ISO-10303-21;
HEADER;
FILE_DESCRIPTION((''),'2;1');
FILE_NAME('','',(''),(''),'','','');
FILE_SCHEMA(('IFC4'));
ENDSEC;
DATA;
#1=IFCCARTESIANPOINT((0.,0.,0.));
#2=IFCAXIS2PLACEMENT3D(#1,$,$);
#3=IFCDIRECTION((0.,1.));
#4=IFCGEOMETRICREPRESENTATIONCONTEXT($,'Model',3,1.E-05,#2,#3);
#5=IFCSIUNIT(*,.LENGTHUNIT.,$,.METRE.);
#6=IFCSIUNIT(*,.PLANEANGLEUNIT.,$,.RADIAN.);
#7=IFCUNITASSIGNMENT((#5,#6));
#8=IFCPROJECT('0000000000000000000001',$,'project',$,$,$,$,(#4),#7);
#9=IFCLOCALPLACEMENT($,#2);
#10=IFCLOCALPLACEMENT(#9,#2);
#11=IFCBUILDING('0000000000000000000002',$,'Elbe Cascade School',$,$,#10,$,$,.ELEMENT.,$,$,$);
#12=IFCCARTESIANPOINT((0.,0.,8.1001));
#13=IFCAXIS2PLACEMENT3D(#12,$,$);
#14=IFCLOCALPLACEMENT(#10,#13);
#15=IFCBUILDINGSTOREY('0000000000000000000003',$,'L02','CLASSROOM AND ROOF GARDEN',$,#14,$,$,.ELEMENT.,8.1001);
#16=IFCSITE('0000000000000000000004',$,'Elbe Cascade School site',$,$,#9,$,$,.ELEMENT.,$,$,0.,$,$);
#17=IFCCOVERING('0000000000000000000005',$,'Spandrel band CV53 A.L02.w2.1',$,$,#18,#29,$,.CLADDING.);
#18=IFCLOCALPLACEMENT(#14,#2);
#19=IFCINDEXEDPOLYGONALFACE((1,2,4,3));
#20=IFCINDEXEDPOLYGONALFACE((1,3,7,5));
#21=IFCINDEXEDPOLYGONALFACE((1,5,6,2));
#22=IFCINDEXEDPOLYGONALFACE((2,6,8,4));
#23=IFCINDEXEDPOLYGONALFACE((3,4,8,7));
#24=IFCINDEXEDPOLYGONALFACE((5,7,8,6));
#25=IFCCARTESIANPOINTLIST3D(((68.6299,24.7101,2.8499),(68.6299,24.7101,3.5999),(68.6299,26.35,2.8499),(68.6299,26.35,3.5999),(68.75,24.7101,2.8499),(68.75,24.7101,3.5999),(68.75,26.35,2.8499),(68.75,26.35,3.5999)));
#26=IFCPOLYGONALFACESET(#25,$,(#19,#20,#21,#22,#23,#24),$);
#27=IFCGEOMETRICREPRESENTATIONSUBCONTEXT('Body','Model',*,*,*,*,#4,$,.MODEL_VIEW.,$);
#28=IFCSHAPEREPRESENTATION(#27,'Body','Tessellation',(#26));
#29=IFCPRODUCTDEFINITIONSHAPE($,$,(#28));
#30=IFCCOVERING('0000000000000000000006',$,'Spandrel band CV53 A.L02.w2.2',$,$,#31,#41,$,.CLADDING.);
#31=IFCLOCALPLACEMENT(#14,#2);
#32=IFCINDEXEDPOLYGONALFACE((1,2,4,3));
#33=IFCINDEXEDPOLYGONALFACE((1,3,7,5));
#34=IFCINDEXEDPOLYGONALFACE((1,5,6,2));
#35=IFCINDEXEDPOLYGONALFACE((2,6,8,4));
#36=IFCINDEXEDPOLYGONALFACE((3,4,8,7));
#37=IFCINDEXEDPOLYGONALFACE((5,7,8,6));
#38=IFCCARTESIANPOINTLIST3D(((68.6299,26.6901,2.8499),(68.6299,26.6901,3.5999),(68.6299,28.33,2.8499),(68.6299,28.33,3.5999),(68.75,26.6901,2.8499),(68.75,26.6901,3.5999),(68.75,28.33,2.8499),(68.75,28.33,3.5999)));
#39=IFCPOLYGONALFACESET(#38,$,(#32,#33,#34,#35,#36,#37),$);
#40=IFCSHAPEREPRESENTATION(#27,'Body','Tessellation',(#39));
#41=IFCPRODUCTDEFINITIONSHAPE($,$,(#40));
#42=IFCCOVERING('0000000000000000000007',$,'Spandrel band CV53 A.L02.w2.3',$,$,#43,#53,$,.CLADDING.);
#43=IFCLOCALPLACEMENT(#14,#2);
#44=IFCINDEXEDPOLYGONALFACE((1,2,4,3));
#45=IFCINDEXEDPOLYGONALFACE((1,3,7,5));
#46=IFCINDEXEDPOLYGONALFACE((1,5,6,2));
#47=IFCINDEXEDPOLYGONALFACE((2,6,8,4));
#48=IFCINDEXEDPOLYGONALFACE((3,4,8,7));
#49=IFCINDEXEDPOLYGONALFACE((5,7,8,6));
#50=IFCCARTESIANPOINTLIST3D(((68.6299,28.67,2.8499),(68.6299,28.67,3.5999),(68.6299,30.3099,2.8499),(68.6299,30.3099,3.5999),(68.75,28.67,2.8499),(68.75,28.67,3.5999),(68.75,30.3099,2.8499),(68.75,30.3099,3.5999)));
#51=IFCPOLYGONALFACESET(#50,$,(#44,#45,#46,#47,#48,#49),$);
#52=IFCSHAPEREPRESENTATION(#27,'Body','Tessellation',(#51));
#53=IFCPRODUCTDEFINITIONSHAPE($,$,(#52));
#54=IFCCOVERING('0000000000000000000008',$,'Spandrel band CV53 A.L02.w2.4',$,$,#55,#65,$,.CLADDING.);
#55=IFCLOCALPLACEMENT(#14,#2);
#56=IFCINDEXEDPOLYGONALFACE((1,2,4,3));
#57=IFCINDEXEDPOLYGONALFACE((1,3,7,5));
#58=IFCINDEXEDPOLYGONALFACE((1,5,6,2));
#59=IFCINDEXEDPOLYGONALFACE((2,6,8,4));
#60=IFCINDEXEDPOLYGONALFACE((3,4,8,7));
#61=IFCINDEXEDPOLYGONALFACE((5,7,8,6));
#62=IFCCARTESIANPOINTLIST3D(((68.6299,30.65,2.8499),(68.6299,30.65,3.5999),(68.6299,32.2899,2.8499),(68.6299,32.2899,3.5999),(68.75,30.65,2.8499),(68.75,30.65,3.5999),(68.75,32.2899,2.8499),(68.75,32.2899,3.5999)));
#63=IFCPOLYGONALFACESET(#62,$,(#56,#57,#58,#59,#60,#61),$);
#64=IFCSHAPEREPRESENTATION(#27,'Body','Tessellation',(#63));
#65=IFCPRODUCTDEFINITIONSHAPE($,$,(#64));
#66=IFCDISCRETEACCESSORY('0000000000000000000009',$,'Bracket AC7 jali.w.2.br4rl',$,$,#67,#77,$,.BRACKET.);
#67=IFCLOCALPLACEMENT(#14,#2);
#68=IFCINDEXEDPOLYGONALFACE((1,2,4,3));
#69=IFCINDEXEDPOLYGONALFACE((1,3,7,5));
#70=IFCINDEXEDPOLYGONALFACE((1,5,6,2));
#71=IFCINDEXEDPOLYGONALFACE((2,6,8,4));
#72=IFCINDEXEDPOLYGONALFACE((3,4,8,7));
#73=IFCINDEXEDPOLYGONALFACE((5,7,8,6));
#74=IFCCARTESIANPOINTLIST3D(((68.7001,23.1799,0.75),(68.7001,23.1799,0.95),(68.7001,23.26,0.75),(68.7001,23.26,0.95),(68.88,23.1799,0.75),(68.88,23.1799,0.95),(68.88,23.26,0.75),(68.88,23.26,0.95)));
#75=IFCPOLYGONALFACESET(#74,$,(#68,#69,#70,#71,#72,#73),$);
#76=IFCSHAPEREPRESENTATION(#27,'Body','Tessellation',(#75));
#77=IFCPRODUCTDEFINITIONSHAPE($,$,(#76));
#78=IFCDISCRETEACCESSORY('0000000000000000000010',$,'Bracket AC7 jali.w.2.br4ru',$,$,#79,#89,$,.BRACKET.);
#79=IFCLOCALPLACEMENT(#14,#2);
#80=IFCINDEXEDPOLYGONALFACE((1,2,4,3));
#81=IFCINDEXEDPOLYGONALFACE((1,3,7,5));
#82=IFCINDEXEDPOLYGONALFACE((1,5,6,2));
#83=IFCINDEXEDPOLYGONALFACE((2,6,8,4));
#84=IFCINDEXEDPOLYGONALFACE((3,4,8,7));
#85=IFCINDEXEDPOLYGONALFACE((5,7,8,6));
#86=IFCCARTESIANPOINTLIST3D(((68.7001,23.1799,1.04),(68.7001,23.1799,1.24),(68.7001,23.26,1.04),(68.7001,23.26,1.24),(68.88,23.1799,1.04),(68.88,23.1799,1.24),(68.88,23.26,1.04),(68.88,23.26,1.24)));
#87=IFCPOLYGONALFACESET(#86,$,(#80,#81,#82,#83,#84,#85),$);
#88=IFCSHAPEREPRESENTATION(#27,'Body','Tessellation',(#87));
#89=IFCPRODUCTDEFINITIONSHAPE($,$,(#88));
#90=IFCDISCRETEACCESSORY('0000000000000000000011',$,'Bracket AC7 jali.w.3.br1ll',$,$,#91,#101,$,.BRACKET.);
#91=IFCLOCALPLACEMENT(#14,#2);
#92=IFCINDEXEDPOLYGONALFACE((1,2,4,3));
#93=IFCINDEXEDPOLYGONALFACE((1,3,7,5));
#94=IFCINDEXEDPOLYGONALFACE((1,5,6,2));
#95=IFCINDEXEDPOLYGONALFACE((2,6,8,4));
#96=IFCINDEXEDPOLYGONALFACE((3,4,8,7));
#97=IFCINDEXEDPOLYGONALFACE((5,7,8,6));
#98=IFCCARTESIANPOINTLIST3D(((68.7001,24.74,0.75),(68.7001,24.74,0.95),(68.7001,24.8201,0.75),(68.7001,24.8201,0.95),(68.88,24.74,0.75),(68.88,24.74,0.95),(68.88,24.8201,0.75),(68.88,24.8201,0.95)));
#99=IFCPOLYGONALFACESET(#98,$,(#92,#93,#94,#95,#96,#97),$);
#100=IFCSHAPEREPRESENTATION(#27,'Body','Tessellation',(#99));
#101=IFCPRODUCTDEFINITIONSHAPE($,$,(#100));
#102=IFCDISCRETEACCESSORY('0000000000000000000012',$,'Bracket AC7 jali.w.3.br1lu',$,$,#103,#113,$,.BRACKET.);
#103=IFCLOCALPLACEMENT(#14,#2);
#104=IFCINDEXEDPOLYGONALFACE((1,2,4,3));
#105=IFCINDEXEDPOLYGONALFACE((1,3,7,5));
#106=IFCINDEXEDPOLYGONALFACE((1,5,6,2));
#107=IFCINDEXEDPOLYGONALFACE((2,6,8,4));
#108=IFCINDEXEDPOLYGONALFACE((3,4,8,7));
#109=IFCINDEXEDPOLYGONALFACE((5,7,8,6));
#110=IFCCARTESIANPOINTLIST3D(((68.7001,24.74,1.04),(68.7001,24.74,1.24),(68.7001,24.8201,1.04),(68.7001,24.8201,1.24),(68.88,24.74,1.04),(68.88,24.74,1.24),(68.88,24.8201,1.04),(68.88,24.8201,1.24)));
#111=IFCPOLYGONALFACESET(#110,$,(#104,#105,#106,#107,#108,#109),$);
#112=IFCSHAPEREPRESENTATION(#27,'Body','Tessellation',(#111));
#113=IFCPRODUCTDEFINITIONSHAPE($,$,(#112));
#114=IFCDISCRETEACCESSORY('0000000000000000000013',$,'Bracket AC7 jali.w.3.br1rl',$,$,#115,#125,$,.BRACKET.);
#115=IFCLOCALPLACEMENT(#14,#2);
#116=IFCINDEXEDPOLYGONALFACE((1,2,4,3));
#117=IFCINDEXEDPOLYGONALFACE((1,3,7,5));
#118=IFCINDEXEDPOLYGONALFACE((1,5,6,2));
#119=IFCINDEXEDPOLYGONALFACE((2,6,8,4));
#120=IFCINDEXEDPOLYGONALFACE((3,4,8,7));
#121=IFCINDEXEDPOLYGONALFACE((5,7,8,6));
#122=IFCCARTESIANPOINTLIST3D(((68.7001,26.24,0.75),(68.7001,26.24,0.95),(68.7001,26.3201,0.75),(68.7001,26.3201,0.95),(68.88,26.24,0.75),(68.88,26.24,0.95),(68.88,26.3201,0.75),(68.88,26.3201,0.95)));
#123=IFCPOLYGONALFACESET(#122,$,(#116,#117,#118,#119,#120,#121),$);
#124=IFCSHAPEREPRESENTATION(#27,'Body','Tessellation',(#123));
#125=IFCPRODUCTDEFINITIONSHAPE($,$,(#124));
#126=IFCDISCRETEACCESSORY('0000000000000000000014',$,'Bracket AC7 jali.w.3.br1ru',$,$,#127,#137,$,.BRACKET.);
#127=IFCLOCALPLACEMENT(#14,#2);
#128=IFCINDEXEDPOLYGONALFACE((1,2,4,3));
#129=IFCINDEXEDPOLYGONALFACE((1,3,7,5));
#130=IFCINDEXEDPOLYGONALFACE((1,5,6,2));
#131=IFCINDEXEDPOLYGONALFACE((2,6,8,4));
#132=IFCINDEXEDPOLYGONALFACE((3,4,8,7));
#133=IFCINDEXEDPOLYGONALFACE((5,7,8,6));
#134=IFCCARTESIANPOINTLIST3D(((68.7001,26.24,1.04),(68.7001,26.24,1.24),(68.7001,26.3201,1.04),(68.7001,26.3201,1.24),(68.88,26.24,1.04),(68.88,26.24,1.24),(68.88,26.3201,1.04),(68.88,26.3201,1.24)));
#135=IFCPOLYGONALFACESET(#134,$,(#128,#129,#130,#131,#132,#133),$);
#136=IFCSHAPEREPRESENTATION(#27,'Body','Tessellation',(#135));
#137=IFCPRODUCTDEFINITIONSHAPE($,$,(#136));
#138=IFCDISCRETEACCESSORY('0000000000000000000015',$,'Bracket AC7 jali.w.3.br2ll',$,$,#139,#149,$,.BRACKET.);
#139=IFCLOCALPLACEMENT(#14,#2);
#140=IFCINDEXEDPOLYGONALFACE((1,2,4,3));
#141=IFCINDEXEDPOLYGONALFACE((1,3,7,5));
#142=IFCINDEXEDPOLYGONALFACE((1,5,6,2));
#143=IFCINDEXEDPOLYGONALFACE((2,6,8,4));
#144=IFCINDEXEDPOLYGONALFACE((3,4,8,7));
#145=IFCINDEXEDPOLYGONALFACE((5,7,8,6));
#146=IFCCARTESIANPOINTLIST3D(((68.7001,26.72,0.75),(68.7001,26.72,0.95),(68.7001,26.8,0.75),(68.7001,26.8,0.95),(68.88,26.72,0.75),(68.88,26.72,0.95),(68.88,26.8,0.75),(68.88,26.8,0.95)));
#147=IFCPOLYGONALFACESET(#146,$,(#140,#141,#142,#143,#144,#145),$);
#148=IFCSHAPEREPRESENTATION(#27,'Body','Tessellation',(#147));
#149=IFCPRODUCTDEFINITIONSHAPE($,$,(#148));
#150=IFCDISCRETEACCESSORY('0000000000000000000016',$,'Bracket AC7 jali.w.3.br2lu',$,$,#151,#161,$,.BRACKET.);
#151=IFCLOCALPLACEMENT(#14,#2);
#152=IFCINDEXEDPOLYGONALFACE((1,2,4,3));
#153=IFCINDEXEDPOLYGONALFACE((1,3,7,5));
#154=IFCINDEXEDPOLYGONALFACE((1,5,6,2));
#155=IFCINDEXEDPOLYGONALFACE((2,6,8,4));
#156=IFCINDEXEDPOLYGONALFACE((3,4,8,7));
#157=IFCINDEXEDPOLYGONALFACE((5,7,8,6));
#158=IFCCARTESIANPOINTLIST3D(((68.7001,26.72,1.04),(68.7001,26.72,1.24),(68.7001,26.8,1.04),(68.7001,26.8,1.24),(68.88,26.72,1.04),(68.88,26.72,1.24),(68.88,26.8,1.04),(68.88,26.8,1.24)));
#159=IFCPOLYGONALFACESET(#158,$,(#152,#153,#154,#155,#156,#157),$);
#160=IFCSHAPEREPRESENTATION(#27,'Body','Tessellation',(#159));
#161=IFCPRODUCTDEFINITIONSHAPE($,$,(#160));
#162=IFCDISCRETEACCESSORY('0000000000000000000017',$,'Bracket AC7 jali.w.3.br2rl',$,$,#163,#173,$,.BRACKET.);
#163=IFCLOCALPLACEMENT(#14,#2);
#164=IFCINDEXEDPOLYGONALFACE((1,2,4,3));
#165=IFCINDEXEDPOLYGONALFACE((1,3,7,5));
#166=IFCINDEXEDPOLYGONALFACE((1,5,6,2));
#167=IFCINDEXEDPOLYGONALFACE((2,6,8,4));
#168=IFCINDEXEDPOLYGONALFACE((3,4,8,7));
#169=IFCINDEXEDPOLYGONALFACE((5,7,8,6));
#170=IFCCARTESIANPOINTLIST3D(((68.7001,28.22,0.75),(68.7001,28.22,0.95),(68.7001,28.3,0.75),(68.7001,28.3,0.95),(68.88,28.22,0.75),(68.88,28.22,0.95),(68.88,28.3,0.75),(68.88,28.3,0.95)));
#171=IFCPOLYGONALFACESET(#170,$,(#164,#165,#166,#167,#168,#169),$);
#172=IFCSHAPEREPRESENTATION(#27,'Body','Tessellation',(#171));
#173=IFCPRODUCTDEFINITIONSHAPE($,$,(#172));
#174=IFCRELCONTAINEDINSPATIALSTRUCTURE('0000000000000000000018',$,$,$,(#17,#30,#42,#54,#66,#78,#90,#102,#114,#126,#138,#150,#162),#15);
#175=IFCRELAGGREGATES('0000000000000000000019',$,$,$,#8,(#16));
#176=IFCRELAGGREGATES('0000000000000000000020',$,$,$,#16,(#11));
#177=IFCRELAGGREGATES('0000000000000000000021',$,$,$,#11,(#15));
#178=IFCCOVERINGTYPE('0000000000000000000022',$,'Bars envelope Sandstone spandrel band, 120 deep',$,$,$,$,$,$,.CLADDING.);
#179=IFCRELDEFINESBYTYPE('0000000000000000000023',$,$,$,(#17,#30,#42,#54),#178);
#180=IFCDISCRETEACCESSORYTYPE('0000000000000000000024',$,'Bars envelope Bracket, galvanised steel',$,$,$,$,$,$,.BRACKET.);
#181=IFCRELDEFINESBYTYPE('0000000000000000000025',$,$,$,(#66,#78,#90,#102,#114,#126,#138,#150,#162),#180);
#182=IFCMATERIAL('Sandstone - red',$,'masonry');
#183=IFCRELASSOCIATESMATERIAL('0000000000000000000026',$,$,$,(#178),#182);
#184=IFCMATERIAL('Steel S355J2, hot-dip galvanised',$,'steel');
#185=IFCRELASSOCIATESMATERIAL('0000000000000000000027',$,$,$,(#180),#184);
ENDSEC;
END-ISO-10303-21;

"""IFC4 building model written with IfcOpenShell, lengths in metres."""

from ifc_helpers import new_model, si_unit, direction, frame, origin, origin_2d, place, context, subcontext, project, spatial, rectangle, extrude, material, type_object, element, save


model = new_model("IFC4")

# Units and contexts
model_context = context("Model", 3, precision=1e-05, world=origin(), true_north=direction((0.0, 1.0)))
body_context = subcontext(model_context, "Body", "Model", "MODEL_VIEW")
ifc_project = project(units=[si_unit("LENGTHUNIT", "METRE"), si_unit("PLANEANGLEUNIT", "RADIAN")], contexts=[model_context])

# Site, building, storey
site_placement = place(None, origin())
site = spatial("IfcSite", under=ifc_project, at=site_placement, Name="Elbe Cascade School site", CompositionType="ELEMENT", RefElevation=0.0)
building_placement = place(site_placement, origin())
building = spatial("IfcBuilding", under=site, at=building_placement, Name="Elbe Cascade School", CompositionType="ELEMENT")
storey_placement = place(building_placement, frame((0.0, 0.0, 8.1001)))
storey = spatial("IfcBuildingStorey", under=building, at=storey_placement, Name="L02", Description="CLASSROOM AND ROOF GARDEN", CompositionType="ELEMENT", Elevation=8.1001)

# Coverings
ifc_material_1 = material(Name="Sandstone - red", Category="masonry")
covering_type = type_object("IfcCoveringType", Name="Bars envelope Sandstone spandrel band, 120 deep", PredefinedType="CLADDING", material=ifc_material_1)
for number, where, z_axis, x_axis, name in (
    (1, (68.6899, 25.53, 2.8499), (0.0, 0.0, 1.0), (0.0, 1.0, 0.0), "Spandrel band CV53 A.L02.w2.1"),
    (2, (68.6899, 27.51, 2.8499), (0.0, 0.0, 1.0), (0.0, 1.0, 0.0), "Spandrel band CV53 A.L02.w2.2"),
    (3, (68.6899, 29.49, 2.8499), (0.0, 0.0, 1.0), (0.0, 1.0, 0.0), "Spandrel band CV53 A.L02.w2.3"),
    (4, (68.6899, 31.47, 2.8499), (0.0, 0.0, 1.0), (0.0, 1.0, 0.0), "Spandrel band CV53 A.L02.w2.4"),
):
    element("IfcCovering", number, at=place(storey_placement, frame(where, z_axis=z_axis, x_axis=x_axis)), inside=storey, type_object=covering_type, Name=name, PredefinedType="CLADDING", context=body_context, shape_type="SweptSolid", body=[
        extrude(rectangle(XDim=1.6399, YDim=0.1201, at=origin_2d()), origin(), (0.0, 0.0, 1.0), 0.75),
    ])

# Discrete accessories
ifc_material_2 = material(Name="Steel S355J2, hot-dip galvanised", Category="steel")
discrete_accessory_type = type_object("IfcDiscreteAccessoryType", Name="Bars envelope Bracket, galvanised steel", PredefinedType="BRACKET", material=ifc_material_2)
for number, where, z_axis, x_axis, name in (
    (5, (68.79, 23.22, 0.75), (0.0, 0.0, 1.0), (0.0, 1.0, 0.0), "Bracket AC7 jali.w.2.br4rl"),
    (6, (68.79, 23.22, 1.04), (0.0, 0.0, 1.0), (0.0, 1.0, 0.0), "Bracket AC7 jali.w.2.br4ru"),
    (7, (68.79, 24.78, 0.75), (0.0, 0.0, 1.0), (0.0, 1.0, 0.0), "Bracket AC7 jali.w.3.br1ll"),
    (8, (68.79, 24.78, 1.04), (0.0, 0.0, 1.0), (0.0, 1.0, 0.0), "Bracket AC7 jali.w.3.br1lu"),
    (9, (68.79, 26.28, 0.75), (0.0, 0.0, 1.0), (0.0, 1.0, 0.0), "Bracket AC7 jali.w.3.br1rl"),
    (10, (68.79, 26.28, 1.04), (0.0, 0.0, 1.0), (0.0, 1.0, 0.0), "Bracket AC7 jali.w.3.br1ru"),
    (11, (68.79, 26.76, 0.75), (0.0, 0.0, 1.0), (0.0, 1.0, 0.0), "Bracket AC7 jali.w.3.br2ll"),
    (12, (68.79, 26.76, 1.04), (0.0, 0.0, 1.0), (0.0, 1.0, 0.0), "Bracket AC7 jali.w.3.br2lu"),
    (13, (68.79, 28.26, 0.75), (0.0, 0.0, 1.0), (0.0, 1.0, 0.0), "Bracket AC7 jali.w.3.br2rl"),
):
    element("IfcDiscreteAccessory", number, at=place(storey_placement, frame(where, z_axis=z_axis, x_axis=x_axis)), inside=storey, type_object=discrete_accessory_type, Name=name, PredefinedType="BRACKET", context=body_context, shape_type="SweptSolid", body=[
        extrude(rectangle(XDim=0.0801, YDim=0.1799, at=origin_2d()), origin(), (0.0, 0.0, 1.0), 0.2),
    ])

save(model, "model.ifc")
